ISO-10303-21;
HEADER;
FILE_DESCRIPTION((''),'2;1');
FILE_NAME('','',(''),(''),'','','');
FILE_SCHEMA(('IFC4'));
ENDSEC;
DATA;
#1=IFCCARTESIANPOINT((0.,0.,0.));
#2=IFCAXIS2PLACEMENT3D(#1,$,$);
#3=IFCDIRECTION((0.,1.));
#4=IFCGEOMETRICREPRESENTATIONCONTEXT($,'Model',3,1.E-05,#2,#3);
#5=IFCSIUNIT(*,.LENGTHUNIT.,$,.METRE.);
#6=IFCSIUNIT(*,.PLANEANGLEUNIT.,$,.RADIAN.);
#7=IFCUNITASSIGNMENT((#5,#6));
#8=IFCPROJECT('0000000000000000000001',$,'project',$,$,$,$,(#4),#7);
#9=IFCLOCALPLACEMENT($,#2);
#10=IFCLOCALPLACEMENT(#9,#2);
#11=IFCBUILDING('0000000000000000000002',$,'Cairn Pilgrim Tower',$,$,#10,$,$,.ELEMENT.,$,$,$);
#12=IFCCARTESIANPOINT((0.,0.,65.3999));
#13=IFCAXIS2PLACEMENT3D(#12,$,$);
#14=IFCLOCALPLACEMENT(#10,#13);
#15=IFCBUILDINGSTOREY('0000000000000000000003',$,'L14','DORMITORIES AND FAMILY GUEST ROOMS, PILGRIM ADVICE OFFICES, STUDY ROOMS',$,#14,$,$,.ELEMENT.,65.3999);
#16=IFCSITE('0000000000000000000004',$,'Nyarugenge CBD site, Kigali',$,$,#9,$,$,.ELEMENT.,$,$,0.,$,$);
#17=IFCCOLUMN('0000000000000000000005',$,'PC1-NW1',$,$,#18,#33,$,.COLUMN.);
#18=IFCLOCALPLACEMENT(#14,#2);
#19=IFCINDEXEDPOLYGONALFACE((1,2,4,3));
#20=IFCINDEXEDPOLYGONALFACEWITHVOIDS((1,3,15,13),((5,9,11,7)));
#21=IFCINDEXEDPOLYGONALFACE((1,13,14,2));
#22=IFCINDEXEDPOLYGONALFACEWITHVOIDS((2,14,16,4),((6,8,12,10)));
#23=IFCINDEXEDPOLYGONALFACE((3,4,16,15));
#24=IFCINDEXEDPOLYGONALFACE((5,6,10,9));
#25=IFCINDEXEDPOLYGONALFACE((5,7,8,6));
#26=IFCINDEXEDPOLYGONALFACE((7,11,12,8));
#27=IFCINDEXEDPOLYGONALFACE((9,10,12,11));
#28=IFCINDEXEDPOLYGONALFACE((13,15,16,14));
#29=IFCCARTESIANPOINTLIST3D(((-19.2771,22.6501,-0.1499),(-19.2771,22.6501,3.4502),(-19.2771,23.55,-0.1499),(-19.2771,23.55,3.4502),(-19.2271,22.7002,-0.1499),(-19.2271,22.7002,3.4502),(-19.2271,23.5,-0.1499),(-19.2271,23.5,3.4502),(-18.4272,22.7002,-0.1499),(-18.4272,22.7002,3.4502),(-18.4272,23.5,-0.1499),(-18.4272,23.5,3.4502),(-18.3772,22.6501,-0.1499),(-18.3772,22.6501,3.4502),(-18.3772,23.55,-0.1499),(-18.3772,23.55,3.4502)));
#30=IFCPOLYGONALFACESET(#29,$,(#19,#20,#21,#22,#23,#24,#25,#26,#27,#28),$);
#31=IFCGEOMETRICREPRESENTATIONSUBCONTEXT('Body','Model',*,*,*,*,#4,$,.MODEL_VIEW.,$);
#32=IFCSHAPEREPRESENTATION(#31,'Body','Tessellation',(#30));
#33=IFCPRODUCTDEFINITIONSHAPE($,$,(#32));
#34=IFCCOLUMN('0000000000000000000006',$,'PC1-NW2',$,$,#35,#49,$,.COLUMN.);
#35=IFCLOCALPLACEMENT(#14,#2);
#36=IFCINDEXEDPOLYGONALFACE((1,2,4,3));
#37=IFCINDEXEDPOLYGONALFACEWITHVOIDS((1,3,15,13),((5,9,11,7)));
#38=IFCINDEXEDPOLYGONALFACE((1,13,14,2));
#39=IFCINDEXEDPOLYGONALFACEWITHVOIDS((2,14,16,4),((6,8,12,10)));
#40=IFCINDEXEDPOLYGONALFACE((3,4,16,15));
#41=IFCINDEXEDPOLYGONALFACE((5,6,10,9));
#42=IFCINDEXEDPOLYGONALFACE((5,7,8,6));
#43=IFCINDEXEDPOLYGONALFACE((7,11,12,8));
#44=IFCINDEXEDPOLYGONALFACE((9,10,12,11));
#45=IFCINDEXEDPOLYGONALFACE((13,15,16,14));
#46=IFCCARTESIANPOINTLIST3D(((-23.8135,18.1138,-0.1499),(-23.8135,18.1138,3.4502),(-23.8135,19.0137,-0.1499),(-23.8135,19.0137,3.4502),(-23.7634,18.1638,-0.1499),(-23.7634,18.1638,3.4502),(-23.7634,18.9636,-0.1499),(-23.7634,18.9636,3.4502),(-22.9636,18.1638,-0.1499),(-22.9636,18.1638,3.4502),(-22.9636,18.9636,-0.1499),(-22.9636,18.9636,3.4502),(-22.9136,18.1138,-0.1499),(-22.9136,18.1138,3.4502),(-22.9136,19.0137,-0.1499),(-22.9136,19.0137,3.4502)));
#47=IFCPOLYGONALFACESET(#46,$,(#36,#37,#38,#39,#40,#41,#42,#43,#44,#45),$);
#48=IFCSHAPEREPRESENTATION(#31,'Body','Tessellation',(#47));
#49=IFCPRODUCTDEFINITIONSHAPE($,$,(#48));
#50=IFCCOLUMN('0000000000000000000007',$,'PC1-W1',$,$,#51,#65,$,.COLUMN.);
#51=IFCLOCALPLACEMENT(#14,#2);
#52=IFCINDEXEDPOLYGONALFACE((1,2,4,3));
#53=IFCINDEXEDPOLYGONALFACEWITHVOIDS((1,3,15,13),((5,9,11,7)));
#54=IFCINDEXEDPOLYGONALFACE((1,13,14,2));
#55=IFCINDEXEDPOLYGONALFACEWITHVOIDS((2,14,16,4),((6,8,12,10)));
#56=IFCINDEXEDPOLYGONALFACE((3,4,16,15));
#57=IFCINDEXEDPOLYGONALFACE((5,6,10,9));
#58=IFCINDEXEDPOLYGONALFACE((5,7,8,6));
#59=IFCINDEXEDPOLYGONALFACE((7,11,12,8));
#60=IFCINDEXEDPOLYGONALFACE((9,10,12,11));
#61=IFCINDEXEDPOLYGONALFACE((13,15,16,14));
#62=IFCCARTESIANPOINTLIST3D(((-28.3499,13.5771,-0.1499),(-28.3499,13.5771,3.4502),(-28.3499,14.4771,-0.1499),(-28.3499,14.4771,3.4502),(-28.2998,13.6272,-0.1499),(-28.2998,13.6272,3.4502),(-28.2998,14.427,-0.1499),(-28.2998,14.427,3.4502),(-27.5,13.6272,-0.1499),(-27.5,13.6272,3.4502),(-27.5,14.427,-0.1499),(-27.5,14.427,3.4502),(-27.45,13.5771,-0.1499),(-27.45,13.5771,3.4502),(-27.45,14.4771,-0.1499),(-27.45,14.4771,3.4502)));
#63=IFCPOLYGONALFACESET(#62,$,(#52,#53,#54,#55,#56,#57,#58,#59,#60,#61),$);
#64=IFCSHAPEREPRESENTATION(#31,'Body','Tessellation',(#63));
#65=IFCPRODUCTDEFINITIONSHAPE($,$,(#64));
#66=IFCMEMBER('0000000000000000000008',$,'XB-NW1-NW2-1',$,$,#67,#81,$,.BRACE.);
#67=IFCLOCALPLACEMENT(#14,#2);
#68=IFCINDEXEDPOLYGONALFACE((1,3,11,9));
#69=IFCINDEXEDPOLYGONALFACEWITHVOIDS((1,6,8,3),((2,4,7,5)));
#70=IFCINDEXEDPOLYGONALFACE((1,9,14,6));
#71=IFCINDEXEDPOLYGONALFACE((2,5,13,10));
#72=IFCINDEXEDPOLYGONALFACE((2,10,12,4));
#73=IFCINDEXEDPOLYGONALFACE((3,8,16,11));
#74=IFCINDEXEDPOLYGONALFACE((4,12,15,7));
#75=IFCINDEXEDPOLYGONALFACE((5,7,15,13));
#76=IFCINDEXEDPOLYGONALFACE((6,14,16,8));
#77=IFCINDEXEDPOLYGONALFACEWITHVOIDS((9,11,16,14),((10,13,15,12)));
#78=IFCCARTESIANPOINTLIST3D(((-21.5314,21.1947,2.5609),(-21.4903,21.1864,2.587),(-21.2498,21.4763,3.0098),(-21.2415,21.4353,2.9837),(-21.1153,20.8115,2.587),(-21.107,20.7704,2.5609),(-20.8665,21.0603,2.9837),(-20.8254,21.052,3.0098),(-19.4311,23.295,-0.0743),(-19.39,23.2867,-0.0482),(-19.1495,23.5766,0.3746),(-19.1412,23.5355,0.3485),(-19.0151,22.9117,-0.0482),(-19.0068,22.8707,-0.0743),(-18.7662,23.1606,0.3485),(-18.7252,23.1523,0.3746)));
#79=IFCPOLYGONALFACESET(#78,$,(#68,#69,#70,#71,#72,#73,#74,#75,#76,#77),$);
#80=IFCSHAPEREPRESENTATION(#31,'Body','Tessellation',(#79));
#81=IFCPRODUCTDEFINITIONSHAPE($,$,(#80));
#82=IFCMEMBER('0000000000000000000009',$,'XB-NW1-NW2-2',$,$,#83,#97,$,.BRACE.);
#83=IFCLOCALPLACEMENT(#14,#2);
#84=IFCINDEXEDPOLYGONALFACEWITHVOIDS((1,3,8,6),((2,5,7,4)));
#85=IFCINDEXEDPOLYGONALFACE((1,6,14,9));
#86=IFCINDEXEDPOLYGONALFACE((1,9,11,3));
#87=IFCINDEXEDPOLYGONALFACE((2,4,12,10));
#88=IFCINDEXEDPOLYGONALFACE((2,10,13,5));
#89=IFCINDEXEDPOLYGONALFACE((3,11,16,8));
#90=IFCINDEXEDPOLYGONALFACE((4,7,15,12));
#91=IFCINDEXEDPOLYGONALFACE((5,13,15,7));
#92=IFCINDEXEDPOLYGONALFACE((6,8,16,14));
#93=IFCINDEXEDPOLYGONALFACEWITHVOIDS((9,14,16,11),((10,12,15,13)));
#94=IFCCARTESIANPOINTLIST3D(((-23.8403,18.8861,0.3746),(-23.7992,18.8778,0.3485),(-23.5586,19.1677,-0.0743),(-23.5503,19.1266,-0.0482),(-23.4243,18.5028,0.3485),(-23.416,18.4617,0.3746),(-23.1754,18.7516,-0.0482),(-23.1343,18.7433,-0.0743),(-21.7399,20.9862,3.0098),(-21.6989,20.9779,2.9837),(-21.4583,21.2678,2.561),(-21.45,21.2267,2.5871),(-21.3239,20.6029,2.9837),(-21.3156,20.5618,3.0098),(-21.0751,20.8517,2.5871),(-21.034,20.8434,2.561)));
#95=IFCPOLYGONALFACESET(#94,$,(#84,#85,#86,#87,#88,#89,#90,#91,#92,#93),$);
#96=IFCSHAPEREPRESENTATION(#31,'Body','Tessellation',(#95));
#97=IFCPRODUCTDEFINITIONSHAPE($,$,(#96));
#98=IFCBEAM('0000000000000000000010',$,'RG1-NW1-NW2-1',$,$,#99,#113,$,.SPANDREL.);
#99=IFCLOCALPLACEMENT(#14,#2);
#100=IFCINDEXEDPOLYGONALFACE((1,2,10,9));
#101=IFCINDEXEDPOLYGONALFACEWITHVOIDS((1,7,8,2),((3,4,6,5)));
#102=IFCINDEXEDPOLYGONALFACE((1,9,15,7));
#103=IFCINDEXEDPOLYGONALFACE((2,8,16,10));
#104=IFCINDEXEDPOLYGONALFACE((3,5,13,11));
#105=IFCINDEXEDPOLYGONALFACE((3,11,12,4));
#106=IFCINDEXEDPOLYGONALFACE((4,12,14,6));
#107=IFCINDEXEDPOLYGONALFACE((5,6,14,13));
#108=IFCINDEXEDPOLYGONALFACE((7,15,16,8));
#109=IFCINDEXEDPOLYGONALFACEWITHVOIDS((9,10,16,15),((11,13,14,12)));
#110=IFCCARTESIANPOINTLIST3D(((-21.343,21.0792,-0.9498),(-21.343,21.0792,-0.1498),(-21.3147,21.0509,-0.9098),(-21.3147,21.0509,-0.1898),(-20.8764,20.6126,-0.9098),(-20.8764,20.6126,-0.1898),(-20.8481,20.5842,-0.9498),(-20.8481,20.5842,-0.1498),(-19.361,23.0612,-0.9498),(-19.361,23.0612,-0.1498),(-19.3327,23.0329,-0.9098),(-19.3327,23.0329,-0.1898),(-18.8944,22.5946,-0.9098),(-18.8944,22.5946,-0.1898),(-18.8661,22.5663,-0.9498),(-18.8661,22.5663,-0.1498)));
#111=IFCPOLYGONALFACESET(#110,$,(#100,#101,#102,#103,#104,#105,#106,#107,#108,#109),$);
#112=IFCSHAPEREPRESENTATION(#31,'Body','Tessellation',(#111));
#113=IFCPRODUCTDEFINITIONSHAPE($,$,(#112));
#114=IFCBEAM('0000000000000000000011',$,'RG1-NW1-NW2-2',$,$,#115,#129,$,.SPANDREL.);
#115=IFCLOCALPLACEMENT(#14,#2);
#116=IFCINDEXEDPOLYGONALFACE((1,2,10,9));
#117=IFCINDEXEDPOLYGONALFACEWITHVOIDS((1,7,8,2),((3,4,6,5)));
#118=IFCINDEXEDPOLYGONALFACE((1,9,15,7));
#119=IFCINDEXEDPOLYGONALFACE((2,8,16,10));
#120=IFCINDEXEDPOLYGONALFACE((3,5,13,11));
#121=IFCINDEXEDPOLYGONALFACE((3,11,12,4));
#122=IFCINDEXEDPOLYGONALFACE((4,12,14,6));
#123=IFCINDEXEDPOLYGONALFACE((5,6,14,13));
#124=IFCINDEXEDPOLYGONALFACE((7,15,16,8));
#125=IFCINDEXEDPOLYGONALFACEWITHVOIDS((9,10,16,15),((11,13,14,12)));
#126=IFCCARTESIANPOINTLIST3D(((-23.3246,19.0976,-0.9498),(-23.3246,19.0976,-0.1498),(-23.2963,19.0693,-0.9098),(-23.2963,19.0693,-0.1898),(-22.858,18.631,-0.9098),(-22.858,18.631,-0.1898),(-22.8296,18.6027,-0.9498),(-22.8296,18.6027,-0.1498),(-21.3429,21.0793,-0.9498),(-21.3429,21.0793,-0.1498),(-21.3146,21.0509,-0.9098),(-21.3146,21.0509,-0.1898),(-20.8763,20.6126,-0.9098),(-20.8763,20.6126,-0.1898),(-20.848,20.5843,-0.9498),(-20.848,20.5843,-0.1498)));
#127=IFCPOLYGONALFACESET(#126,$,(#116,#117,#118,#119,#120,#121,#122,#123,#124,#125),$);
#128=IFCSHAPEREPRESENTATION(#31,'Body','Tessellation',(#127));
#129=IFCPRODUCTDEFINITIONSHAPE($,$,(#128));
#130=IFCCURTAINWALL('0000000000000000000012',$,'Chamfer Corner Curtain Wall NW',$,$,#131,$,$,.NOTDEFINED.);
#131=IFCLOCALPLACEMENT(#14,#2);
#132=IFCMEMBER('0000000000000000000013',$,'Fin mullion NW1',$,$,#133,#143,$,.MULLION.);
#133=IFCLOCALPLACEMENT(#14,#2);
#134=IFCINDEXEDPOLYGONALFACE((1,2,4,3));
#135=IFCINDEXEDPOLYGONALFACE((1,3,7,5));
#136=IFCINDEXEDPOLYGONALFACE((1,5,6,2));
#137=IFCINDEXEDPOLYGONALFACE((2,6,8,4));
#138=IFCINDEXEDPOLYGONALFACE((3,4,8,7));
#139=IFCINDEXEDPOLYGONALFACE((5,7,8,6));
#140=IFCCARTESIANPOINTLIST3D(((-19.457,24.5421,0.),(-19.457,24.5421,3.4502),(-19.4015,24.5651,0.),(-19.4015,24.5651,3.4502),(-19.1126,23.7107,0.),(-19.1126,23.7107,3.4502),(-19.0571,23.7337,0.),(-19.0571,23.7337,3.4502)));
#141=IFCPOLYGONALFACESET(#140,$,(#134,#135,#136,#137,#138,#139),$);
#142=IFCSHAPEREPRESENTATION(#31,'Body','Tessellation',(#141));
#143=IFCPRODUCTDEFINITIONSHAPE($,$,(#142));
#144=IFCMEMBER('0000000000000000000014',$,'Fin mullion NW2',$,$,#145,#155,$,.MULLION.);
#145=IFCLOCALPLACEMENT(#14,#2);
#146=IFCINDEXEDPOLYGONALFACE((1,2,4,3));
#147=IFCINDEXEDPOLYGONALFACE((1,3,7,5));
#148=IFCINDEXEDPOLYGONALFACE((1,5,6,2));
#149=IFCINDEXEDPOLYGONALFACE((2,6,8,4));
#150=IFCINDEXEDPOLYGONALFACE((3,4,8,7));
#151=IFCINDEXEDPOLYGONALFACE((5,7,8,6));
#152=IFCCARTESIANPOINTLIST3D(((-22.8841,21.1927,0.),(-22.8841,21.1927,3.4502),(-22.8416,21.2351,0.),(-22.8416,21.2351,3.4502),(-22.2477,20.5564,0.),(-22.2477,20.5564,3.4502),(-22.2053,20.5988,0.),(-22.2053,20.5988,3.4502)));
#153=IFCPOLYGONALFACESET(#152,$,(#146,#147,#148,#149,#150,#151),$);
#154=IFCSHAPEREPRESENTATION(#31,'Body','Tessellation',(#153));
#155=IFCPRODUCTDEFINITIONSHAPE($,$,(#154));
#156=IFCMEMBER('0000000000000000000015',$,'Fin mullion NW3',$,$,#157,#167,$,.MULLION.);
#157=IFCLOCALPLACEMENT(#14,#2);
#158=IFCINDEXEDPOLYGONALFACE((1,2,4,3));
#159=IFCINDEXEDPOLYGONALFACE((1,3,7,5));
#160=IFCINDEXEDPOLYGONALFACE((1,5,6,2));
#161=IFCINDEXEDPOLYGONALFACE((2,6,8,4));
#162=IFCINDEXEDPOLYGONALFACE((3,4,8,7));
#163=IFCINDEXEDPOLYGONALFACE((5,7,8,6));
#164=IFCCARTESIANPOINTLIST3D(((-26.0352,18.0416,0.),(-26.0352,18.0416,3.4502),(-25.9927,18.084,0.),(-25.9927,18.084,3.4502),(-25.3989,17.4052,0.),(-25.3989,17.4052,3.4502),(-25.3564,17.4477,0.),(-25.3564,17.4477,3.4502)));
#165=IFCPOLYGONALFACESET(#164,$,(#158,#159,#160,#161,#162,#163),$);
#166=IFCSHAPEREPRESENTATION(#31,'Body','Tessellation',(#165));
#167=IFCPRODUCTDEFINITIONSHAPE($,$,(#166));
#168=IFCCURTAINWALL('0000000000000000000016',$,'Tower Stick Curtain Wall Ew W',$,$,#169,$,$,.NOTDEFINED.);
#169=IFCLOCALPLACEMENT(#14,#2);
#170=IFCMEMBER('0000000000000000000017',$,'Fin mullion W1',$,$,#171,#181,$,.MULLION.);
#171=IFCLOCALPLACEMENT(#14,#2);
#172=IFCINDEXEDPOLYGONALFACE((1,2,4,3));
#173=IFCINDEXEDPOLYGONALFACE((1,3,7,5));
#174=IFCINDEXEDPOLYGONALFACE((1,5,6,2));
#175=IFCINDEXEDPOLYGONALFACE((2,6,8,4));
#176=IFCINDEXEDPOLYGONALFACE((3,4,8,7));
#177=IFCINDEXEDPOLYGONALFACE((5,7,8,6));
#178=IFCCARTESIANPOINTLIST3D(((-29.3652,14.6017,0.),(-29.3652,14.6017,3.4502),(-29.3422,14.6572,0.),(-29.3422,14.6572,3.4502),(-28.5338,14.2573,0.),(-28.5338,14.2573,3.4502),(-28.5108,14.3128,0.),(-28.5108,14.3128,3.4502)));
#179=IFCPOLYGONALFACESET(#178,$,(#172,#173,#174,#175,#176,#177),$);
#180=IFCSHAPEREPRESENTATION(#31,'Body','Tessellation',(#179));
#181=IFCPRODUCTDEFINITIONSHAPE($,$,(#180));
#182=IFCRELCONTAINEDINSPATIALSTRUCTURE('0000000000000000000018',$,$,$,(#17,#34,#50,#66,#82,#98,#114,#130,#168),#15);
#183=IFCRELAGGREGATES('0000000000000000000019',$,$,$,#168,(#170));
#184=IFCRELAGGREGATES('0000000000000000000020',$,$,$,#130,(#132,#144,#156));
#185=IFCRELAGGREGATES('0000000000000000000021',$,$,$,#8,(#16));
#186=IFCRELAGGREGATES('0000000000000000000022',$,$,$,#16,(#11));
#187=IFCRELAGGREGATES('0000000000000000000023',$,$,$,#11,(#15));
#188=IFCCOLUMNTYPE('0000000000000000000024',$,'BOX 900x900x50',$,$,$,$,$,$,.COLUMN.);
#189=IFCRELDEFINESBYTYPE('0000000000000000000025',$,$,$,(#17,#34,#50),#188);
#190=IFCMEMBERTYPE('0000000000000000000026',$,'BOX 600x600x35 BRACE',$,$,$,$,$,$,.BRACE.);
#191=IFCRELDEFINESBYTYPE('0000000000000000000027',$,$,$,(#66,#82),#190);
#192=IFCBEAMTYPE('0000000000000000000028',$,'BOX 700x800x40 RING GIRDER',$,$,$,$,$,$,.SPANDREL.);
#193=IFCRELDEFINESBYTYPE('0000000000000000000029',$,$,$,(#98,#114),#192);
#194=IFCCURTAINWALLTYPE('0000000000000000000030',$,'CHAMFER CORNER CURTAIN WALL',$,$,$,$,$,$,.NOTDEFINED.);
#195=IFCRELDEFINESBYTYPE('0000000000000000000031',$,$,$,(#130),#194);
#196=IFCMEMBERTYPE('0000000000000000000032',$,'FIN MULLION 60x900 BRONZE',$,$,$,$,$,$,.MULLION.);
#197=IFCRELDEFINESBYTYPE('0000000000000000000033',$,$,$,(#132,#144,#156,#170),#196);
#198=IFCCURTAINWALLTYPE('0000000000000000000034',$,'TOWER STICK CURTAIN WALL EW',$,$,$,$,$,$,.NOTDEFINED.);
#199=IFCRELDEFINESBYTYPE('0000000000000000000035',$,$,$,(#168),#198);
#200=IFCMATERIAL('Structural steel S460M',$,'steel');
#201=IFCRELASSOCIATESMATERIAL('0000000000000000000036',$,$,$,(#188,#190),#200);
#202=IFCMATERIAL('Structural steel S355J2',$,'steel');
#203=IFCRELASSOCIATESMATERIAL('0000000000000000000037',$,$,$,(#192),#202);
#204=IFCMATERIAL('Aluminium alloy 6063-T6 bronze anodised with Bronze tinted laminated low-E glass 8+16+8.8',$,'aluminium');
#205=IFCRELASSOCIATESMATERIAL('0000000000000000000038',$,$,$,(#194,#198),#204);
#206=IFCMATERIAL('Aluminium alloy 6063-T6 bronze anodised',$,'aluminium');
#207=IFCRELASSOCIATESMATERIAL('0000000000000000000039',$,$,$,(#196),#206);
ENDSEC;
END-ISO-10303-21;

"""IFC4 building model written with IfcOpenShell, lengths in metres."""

from ifc_helpers import new_model, si_unit, direction, frame, origin, origin_2d, place, context, subcontext, project, spatial, rectangle, hollow_rectangle, extrude, material, material_profile, profile_set, type_object, element, aggregate, save


model = new_model("IFC4")

# Units and contexts
model_context = context("Model", 3, precision=1e-05, world=origin(), true_north=direction((0.0, 1.0)))
body_context = subcontext(model_context, "Body", "Model", "MODEL_VIEW")
ifc_project = project(units=[si_unit("LENGTHUNIT", "METRE"), si_unit("PLANEANGLEUNIT", "RADIAN")], contexts=[model_context])

# Site, building, storey
site_placement = place(None, origin())
site = spatial("IfcSite", under=ifc_project, at=site_placement, Name="Nyarugenge CBD site, Kigali", CompositionType="ELEMENT", RefElevation=0.0)
building_placement = place(site_placement, origin())
building = spatial("IfcBuilding", under=site, at=building_placement, Name="Cairn Pilgrim Tower", CompositionType="ELEMENT")
storey_placement = place(building_placement, frame((0.0, 0.0, 65.3999)))
storey = spatial("IfcBuildingStorey", under=building, at=storey_placement, Name="L14", Description="DORMITORIES AND FAMILY GUEST ROOMS, PILGRIM ADVICE OFFICES, STUDY ROOMS", CompositionType="ELEMENT", Elevation=65.3999)

# Columns
ifc_material_1 = material(Name="Structural steel S460M", Category="steel")
ifc_material_profile_1 = material_profile(ifc_material_1, hollow_rectangle(XDim=0.8999, YDim=0.8999, WallThickness=0.05, at=origin_2d()), Name="BOX 900x900x50")
ifc_profile_set_1 = profile_set([ifc_material_profile_1], Name="Structural steel S460M")
column_type = type_object("IfcColumnType", Name="BOX 900x900x50", PredefinedType="COLUMN", material=ifc_profile_set_1)
for number, where, z_axis, x_axis, name in (
    (1, (-18.8271, 23.1001, -0.1499), (0.0, 0.0, 1.0), (1.0, 0.0, 0.0), "PC1-NW1"),
    (2, (-23.3635, 18.5637, -0.1499), (0.0, 0.0, 1.0), (1.0, 0.0, 0.0), "PC1-NW2"),
    (3, (-27.8999, 14.0271, -0.1499), (0.0, 0.0, 1.0), (1.0, 0.0, 0.0), "PC1-W1"),
):
    element("IfcColumn", number, at=place(storey_placement, frame(where, z_axis=z_axis, x_axis=x_axis)), inside=storey, type_object=column_type, Name=name, PredefinedType="COLUMN", context=body_context, shape_type="SweptSolid", body=[
        extrude(hollow_rectangle(XDim=0.8999, YDim=0.8999, WallThickness=0.05, at=origin_2d()), origin(), (0.0, 0.0, 1.0), 3.6001),
    ])

# Members
ifc_material_profile_2 = material_profile(ifc_material_1, hollow_rectangle(XDim=0.6001, YDim=0.6001, WallThickness=0.0349, at=origin_2d()), Name="BOX 600x600x35")
ifc_profile_set_2 = profile_set([ifc_material_profile_2], Name="Structural steel S460M")
member_type_1 = type_object("IfcMemberType", Name="BOX 600x600x35 BRACE", PredefinedType="BRACE", material=ifc_profile_set_2)
for number, where, z_axis, x_axis, name in (
    (4, (-19.0781, 23.2236, 0.1501), (-0.528944, -0.528944, 0.663654), (0.707107, -0.707107, 0.0), "XB-NW1-NW2-1"),
    (5, (-23.4873, 18.8147, 0.1501), (0.528961, 0.528899, 0.663676), (-0.707066, 0.707148, 0.0), "XB-NW1-NW2-2"),
):
    element("IfcMember", number, at=place(storey_placement, frame(where, z_axis=z_axis, x_axis=x_axis)), inside=storey, type_object=member_type_1, Name=name, PredefinedType="BRACE", context=body_context, shape_type="SweptSolid", body=[
        extrude(hollow_rectangle(XDim=0.6001, YDim=0.6001, WallThickness=0.0349, at=origin_2d()), origin(), (0.0, 0.0, 1.0), 3.9707),
    ])

# Beams
ifc_material_2 = material(Name="Structural steel S355J2", Category="steel")
ifc_material_profile_3 = material_profile(ifc_material_2, hollow_rectangle(XDim=0.7, YDim=0.8, WallThickness=0.04, at=origin_2d()), Name="BOX 700x800x40")
ifc_profile_set_3 = profile_set([ifc_material_profile_3], Name="Structural steel S355J2")
beam_type_1 = type_object("IfcBeamType", Name="BOX 700x800x40 RING GIRDER", PredefinedType="SPANDREL", material=ifc_profile_set_3)
beam_1_placement = place(storey_placement, frame((-19.1135, 22.8137, -0.5498), z_axis=(-0.707107, -0.707107, 0.0), x_axis=(0.707107, -0.707107, 0.0)))
element("IfcBeam", 6, at=beam_1_placement, inside=storey, type_object=beam_type_1, Name="RG1-NW1-NW2-1", PredefinedType="SPANDREL", context=body_context, shape_type="SweptSolid", body=[
    extrude(hollow_rectangle(XDim=0.7, YDim=0.8, WallThickness=0.04, at=origin_2d()), origin(), (0.0, 0.0, 1.0), 2.803),
])
beam_2_placement = place(storey_placement, frame((-21.0955, 20.8318, -0.5498), z_axis=(-0.707107, -0.707107, 0.0), x_axis=(0.707107, -0.707107, 0.0)))
element("IfcBeam", 7, at=beam_2_placement, inside=storey, type_object=beam_type_1, Name="RG1-NW1-NW2-2", PredefinedType="SPANDREL", context=body_context, shape_type="SweptSolid", body=[
    extrude(hollow_rectangle(XDim=0.7, YDim=0.8, WallThickness=0.04, at=origin_2d()), origin(), (0.0, 0.0, 1.0), 2.8025),
])

# Curtain wall, members
ifc_material_3 = material(Name="Aluminium alloy 6063-T6 bronze anodised with Bronze tinted laminated low-E glass 8+16+8.8", Category="aluminium")
curtain_wall_type_1 = type_object("IfcCurtainWallType", Name="CHAMFER CORNER CURTAIN WALL", PredefinedType="NOTDEFINED", material=ifc_material_3)
curtain_wall_1_placement = place(storey_placement, origin())
curtain_wall_1 = element("IfcCurtainWall", 8, at=curtain_wall_1_placement, inside=storey, type_object=curtain_wall_type_1, Name="Chamfer Corner Curtain Wall NW", PredefinedType="NOTDEFINED")
ifc_material_4 = material(Name="Aluminium alloy 6063-T6 bronze anodised", Category="aluminium")
ifc_material_profile_4 = material_profile(ifc_material_4, rectangle(XDim=0.8999, YDim=0.0601, at=origin_2d()), Name="FIN MULLION 60x900 BRONZE")
ifc_profile_set_4 = profile_set([ifc_material_profile_4], Name="Aluminium alloy 6063-T6 bronze anodised")
member_type_2 = type_object("IfcMemberType", Name="FIN MULLION 60x900 BRONZE", PredefinedType="MULLION", material=ifc_profile_set_4)
member_1_placement = place(storey_placement, frame((-19.2571, 24.1379, 0.0), z_axis=(0.0, 0.0, 1.0), x_axis=(-0.382683, 0.92388, 0.0)))
member_1 = element("IfcMember", 9, at=member_1_placement, type_object=member_type_2, Name="Fin mullion NW1", PredefinedType="MULLION", context=body_context, shape_type="SweptSolid", body=[
    extrude(rectangle(XDim=0.8999, YDim=0.0601, at=origin_2d()), origin(), (0.0, 0.0, 1.0), 3.4502),
])
member_2_placement = place(storey_placement, frame((-22.5447, 20.8958, 0.0), z_axis=(0.0, 0.0, 1.0), x_axis=(-0.707107, 0.707107, 0.0)))
member_2 = element("IfcMember", 10, at=member_2_placement, type_object=member_type_2, Name="Fin mullion NW2", PredefinedType="MULLION", context=body_context, shape_type="SweptSolid", body=[
    extrude(rectangle(XDim=0.8999, YDim=0.0601, at=origin_2d()), origin(), (0.0, 0.0, 1.0), 3.4502),
])
member_3_placement = place(storey_placement, frame((-25.6958, 17.7446, 0.0), z_axis=(0.0, 0.0, 1.0), x_axis=(-0.707107, 0.707107, 0.0)))
member_3 = element("IfcMember", 11, at=member_3_placement, type_object=member_type_2, Name="Fin mullion NW3", PredefinedType="MULLION", context=body_context, shape_type="SweptSolid", body=[
    extrude(rectangle(XDim=0.8999, YDim=0.0601, at=origin_2d()), origin(), (0.0, 0.0, 1.0), 3.4502),
])

# Curtain wall, member
curtain_wall_type_2 = type_object("IfcCurtainWallType", Name="TOWER STICK CURTAIN WALL EW", PredefinedType="NOTDEFINED", material=ifc_material_3)
curtain_wall_2_placement = place(storey_placement, origin())
curtain_wall_2 = element("IfcCurtainWall", 12, at=curtain_wall_2_placement, inside=storey, type_object=curtain_wall_type_2, Name="Tower Stick Curtain Wall Ew W", PredefinedType="NOTDEFINED")
member_4_placement = place(storey_placement, frame((-28.938, 14.4573, 0.0), z_axis=(0.0, 0.0, 1.0), x_axis=(-0.92388, 0.382683, 0.0)))
member_4 = element("IfcMember", 13, at=member_4_placement, type_object=member_type_2, Name="Fin mullion W1", PredefinedType="MULLION", context=body_context, shape_type="SweptSolid", body=[
    extrude(rectangle(XDim=0.8999, YDim=0.0601, at=origin_2d()), origin(), (0.0, 0.0, 1.0), 3.4502),
])

aggregate(curtain_wall_2, [member_4])

aggregate(curtain_wall_1, [member_1, member_2, member_3])

save(model, "model.ifc")
